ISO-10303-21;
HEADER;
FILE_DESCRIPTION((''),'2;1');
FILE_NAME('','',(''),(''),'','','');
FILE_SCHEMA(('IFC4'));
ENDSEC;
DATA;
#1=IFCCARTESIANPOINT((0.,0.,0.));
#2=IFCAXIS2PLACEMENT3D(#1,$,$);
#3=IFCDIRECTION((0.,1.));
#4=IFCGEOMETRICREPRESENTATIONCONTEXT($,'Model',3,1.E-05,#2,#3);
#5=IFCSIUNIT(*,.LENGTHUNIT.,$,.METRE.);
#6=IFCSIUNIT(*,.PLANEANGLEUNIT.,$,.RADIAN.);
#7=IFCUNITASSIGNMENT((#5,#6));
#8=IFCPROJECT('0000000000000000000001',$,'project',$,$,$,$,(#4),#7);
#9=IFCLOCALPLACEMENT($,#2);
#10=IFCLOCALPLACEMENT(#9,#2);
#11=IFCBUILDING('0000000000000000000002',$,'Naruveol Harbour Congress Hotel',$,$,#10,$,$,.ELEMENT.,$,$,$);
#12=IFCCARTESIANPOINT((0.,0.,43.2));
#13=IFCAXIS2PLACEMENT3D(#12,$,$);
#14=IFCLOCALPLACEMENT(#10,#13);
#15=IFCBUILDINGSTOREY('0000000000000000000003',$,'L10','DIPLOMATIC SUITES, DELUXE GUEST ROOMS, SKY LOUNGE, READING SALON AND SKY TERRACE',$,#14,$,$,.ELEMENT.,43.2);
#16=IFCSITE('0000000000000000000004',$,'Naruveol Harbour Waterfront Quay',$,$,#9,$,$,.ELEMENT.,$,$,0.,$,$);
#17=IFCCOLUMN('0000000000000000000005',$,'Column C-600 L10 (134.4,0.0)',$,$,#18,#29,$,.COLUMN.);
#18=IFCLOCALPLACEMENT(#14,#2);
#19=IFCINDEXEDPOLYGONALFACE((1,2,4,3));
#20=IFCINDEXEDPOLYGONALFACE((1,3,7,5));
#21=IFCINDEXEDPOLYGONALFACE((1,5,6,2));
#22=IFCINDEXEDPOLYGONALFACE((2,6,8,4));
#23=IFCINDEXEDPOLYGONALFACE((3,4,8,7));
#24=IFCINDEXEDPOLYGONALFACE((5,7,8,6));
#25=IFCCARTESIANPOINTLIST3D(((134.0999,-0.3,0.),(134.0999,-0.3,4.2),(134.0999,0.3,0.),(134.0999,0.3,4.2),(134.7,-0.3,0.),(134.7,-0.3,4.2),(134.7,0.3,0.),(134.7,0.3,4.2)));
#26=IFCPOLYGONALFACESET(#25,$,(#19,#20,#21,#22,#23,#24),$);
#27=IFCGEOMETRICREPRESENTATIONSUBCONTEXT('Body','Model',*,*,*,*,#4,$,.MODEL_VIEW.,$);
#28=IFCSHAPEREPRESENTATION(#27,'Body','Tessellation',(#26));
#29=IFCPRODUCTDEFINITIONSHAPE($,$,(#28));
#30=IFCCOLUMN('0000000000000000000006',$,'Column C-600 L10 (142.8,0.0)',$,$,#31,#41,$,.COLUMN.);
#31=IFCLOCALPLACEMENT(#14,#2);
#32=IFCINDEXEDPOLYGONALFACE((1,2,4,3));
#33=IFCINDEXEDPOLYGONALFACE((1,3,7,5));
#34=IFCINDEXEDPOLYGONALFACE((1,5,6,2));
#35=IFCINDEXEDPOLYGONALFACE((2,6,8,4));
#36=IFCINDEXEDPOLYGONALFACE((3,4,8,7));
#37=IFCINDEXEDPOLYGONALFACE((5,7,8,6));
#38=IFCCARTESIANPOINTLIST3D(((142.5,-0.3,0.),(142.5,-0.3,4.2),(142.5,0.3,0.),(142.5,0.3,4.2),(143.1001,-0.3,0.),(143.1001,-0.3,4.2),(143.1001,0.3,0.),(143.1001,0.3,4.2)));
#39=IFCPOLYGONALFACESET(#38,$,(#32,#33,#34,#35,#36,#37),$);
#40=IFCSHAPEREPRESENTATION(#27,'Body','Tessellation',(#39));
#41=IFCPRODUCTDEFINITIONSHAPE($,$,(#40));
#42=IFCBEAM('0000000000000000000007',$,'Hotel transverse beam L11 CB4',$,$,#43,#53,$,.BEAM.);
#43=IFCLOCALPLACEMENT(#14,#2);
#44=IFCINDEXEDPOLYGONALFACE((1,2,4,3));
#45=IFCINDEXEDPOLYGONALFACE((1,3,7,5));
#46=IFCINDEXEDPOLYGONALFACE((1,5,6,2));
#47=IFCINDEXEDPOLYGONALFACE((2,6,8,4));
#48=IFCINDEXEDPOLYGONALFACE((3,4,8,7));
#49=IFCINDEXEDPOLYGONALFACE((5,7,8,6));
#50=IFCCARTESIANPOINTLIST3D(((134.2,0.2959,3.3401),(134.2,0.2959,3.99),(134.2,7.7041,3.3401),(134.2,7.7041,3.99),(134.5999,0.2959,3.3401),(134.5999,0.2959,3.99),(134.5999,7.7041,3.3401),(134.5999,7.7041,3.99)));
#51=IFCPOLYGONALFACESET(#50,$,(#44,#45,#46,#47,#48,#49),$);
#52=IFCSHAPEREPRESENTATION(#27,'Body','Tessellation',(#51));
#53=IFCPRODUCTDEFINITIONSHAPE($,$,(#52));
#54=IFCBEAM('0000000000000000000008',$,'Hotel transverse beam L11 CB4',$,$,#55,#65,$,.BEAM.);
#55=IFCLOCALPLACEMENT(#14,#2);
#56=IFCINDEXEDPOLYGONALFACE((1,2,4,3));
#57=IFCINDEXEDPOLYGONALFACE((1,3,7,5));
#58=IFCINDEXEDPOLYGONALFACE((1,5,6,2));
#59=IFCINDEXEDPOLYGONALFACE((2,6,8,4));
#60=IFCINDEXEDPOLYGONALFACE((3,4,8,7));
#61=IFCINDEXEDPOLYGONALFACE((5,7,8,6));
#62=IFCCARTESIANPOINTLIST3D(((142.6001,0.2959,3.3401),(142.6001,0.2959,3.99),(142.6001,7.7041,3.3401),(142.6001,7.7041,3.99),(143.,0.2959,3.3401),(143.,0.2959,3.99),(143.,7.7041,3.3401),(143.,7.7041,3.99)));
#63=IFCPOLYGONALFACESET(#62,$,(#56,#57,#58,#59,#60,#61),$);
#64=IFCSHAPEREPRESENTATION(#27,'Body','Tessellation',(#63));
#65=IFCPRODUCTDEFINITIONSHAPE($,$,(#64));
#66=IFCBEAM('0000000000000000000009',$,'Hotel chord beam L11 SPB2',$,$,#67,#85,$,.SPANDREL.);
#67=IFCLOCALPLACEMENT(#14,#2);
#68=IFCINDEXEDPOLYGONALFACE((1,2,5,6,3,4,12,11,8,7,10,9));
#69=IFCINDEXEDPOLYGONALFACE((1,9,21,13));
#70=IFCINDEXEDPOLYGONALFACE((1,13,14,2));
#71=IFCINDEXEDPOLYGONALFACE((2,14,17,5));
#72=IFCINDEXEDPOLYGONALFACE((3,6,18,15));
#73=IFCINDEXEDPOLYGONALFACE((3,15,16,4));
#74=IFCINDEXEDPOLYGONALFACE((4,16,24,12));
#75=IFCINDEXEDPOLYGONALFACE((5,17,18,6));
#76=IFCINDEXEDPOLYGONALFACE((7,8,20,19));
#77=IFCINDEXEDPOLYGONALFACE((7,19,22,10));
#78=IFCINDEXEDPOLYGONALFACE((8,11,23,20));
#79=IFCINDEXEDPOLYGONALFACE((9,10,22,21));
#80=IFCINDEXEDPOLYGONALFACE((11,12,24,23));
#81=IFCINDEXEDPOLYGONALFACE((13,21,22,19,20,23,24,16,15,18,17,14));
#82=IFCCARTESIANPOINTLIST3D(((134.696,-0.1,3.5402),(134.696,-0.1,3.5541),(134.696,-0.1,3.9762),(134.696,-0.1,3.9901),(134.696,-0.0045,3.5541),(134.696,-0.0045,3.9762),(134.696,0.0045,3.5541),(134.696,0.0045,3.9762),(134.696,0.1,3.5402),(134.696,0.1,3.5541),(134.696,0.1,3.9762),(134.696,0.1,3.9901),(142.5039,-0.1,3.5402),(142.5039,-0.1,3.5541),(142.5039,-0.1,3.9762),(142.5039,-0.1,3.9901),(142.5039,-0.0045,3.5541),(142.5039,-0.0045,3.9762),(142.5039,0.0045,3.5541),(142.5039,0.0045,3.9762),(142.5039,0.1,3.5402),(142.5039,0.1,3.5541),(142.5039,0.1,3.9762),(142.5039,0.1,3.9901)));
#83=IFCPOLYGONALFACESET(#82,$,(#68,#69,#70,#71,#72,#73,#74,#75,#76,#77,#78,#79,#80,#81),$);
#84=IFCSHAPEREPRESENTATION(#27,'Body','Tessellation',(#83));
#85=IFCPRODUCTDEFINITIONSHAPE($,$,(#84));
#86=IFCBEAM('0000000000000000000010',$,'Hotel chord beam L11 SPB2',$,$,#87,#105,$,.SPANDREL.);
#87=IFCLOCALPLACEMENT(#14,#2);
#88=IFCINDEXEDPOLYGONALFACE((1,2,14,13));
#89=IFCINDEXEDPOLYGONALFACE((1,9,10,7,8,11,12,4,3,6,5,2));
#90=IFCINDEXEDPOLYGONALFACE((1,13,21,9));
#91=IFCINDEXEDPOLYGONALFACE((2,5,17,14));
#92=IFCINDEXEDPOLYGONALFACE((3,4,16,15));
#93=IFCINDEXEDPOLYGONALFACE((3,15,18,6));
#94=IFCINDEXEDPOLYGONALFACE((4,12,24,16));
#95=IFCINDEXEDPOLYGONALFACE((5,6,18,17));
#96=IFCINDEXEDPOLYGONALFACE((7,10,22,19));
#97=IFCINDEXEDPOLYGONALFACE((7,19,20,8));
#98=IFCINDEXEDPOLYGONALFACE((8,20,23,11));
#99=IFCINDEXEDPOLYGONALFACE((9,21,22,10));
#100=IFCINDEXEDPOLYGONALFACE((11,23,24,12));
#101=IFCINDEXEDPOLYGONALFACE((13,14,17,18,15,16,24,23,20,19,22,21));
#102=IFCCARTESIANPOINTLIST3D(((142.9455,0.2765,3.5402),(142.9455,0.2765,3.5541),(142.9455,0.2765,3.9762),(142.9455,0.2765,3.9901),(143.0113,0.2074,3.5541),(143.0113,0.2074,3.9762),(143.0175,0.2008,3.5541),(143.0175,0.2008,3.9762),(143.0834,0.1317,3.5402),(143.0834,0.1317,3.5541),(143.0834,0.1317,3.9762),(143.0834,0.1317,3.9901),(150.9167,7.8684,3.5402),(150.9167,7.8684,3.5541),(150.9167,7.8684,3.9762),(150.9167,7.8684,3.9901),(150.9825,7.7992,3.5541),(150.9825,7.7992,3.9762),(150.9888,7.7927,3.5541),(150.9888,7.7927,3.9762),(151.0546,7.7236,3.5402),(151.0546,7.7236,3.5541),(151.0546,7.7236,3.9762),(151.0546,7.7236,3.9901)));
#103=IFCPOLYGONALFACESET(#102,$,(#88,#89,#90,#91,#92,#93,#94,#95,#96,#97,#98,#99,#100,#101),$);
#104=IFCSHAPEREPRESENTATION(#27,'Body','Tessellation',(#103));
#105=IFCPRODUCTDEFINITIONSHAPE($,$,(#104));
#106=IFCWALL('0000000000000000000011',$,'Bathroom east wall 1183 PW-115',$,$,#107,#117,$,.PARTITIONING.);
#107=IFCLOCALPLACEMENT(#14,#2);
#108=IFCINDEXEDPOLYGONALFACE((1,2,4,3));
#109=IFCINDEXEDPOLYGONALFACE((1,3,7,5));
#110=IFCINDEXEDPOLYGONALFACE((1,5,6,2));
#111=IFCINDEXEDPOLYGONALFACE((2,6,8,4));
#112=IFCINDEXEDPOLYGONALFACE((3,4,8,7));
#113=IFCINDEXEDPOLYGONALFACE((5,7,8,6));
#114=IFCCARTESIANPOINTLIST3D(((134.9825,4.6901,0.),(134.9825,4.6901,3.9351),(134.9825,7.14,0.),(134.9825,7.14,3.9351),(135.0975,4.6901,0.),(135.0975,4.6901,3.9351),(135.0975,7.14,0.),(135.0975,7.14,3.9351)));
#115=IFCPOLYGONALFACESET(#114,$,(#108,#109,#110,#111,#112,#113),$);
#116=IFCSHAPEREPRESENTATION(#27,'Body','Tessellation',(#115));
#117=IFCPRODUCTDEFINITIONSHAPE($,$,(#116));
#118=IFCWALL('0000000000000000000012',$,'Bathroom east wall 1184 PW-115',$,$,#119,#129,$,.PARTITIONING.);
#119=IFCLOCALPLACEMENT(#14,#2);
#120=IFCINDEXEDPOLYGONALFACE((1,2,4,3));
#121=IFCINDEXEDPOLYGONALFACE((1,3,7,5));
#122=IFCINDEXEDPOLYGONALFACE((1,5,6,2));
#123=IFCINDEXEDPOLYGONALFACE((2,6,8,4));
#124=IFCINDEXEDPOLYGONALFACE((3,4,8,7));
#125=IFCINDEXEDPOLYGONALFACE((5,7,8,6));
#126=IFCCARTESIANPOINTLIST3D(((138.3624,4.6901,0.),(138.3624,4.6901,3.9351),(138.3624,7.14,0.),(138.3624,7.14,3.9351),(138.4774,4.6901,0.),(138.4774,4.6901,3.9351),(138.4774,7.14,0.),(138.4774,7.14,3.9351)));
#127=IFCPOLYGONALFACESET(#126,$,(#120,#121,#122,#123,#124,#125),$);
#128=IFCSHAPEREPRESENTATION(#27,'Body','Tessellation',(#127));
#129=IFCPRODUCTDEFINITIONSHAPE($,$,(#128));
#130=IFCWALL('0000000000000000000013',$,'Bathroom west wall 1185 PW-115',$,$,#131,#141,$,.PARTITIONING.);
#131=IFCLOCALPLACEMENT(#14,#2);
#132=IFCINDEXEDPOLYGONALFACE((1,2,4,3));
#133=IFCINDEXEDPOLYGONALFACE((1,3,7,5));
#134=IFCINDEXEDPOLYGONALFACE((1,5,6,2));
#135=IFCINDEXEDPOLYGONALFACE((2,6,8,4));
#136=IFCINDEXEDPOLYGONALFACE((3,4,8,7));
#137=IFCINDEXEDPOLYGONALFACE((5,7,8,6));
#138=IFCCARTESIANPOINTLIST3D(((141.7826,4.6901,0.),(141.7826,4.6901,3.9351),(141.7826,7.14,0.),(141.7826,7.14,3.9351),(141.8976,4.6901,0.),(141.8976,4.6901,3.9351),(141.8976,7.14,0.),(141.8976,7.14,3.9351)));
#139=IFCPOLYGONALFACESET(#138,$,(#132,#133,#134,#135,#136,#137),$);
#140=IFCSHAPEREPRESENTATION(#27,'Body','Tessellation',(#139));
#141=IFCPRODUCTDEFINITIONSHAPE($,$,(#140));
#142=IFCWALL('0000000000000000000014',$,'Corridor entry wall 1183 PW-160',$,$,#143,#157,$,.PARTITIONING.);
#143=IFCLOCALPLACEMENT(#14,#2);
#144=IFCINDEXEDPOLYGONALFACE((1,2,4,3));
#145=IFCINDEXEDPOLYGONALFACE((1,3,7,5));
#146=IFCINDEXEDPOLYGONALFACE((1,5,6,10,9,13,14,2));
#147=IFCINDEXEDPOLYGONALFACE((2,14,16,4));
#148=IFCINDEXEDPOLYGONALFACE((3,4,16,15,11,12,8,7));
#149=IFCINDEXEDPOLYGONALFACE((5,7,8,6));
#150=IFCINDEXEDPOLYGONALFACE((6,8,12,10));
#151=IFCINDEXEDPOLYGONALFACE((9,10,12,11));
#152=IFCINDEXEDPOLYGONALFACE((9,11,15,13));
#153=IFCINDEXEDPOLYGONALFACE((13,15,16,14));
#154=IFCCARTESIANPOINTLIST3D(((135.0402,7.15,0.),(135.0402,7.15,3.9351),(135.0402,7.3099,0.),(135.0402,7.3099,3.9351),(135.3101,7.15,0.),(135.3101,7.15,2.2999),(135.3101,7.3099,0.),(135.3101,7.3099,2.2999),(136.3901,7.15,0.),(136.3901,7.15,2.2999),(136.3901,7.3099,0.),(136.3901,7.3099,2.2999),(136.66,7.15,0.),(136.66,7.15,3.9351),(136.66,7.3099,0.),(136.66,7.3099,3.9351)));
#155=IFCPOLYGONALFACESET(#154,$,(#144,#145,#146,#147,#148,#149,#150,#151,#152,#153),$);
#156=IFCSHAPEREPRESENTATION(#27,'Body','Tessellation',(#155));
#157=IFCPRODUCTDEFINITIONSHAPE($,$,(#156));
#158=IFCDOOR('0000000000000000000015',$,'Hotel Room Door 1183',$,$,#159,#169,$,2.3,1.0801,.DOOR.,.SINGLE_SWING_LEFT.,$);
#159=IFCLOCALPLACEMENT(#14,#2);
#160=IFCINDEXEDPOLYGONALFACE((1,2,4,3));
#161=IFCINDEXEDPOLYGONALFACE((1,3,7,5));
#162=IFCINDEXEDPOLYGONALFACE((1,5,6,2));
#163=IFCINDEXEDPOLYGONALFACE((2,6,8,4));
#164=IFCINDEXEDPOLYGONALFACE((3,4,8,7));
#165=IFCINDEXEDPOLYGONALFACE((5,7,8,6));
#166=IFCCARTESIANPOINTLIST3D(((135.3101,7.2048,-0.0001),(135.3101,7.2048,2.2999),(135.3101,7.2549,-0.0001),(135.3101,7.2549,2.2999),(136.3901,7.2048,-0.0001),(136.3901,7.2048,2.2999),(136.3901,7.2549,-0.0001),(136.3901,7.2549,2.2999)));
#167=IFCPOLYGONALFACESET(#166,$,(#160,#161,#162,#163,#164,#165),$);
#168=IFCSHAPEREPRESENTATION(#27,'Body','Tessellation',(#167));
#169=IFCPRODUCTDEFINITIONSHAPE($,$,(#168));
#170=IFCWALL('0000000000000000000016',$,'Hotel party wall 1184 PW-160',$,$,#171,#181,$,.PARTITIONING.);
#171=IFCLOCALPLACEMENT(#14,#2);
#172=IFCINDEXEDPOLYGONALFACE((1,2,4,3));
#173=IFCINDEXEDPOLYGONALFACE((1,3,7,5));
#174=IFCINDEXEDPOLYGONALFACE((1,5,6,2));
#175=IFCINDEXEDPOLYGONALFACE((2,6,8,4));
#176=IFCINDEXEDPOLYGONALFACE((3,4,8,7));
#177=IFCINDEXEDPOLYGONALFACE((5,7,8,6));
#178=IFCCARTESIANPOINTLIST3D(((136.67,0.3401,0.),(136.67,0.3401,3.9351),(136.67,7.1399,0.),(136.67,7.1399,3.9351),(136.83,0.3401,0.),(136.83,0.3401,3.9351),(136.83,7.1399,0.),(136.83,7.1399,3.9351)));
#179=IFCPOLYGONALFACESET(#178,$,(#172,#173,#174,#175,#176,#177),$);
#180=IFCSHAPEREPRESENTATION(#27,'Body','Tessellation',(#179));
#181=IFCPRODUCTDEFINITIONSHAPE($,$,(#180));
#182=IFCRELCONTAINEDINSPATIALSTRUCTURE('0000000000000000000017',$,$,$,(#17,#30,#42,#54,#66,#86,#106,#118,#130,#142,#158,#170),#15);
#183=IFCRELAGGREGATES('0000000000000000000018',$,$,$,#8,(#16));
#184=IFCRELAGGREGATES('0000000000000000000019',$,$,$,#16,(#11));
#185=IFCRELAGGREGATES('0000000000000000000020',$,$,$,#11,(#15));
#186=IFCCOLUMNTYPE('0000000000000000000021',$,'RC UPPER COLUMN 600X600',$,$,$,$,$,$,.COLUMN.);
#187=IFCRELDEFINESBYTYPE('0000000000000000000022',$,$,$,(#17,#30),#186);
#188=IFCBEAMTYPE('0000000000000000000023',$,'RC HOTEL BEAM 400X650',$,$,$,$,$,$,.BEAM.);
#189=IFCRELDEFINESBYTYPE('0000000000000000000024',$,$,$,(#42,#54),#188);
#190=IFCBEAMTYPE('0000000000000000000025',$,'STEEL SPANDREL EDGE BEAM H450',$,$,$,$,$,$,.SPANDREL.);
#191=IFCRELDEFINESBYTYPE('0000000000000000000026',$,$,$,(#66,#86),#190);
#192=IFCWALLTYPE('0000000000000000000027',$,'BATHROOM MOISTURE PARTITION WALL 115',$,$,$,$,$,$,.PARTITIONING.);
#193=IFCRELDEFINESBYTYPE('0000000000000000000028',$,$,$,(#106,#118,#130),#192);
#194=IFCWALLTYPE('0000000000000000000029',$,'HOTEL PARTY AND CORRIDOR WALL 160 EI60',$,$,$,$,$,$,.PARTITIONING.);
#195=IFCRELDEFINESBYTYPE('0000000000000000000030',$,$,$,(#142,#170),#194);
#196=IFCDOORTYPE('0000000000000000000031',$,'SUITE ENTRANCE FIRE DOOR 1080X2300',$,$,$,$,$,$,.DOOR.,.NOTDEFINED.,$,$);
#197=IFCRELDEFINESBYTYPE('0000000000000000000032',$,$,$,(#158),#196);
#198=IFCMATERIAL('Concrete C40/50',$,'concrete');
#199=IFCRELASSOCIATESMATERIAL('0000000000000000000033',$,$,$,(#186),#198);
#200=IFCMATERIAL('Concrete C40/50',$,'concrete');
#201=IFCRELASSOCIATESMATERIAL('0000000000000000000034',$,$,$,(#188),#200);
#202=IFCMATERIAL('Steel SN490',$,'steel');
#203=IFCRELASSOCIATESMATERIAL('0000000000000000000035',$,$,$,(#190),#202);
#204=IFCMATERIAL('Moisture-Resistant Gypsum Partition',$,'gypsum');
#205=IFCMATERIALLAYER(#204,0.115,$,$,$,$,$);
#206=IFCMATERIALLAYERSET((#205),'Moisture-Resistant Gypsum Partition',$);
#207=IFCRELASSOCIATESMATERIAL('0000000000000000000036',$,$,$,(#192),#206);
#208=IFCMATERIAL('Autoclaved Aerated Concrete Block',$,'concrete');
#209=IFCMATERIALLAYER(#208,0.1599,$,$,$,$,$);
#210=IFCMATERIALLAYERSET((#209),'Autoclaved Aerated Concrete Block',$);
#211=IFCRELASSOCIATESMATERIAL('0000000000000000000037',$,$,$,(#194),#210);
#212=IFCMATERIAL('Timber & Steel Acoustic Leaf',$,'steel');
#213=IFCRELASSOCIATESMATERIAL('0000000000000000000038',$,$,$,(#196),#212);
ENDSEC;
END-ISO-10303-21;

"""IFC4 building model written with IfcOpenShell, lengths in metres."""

from ifc_helpers import new_model, si_unit, direction, frame, frame_2d, origin, origin_2d, place, context, subcontext, project, spatial, rectangle, i_section, extrude, material, layer, layer_set, material_profile, profile_set, type_object, element, fill, save


model = new_model("IFC4")

# Units and contexts
model_context = context("Model", 3, precision=1e-05, world=origin(), true_north=direction((0.0, 1.0)))
body_context = subcontext(model_context, "Body", "Model", "MODEL_VIEW")
ifc_project = project(units=[si_unit("LENGTHUNIT", "METRE"), si_unit("PLANEANGLEUNIT", "RADIAN")], contexts=[model_context])

# Site, building, storey
site_placement = place(None, origin())
site = spatial("IfcSite", under=ifc_project, at=site_placement, Name="Naruveol Harbour Waterfront Quay", CompositionType="ELEMENT", RefElevation=0.0)
building_placement = place(site_placement, origin())
building = spatial("IfcBuilding", under=site, at=building_placement, Name="Naruveol Harbour Congress Hotel", CompositionType="ELEMENT")
storey_placement = place(building_placement, frame((0.0, 0.0, 43.2)))
storey = spatial("IfcBuildingStorey", under=building, at=storey_placement, Name="L10", Description="DIPLOMATIC SUITES, DELUXE GUEST ROOMS, SKY LOUNGE, READING SALON AND SKY TERRACE", CompositionType="ELEMENT", Elevation=43.2)

# Columns
ifc_material_1 = material(Name="Concrete C40/50", Category="concrete")
ifc_material_profile_1 = material_profile(ifc_material_1, rectangle(XDim=0.6001, YDim=0.6001, at=origin_2d()), Name="RC-600x600")
ifc_profile_set_1 = profile_set([ifc_material_profile_1], Name="Concrete C40/50")
column_type = type_object("IfcColumnType", Name="RC UPPER COLUMN 600X600", PredefinedType="COLUMN", material=ifc_profile_set_1)
for number, where, z_axis, x_axis, name in (
    (1, (134.3999, 0.0, 0.0), (0.0, 0.0, 1.0), (1.0, 0.0, 0.0), "Column C-600 L10 (134.4,0.0)"),
    (2, (142.8, 0.0, 0.0), (0.0, 0.0, 1.0), (1.0, 0.0, 0.0), "Column C-600 L10 (142.8,0.0)"),
):
    element("IfcColumn", number, at=place(storey_placement, frame(where, z_axis=z_axis, x_axis=x_axis)), inside=storey, type_object=column_type, Name=name, PredefinedType="COLUMN", context=body_context, shape_type="SweptSolid", body=[
        extrude(rectangle(XDim=0.6001, YDim=0.6001, at=origin_2d()), origin(), (0.0, 0.0, 1.0), 4.2),
    ])

# Beams
ifc_material_2 = material(Name="Concrete C40/50", Category="concrete")
ifc_material_profile_2 = material_profile(ifc_material_2, rectangle(XDim=0.3999, YDim=0.6499, at=origin_2d()), Name="RCB-400x650")
ifc_profile_set_2 = profile_set([ifc_material_profile_2], Name="Concrete C40/50")
beam_type_1 = type_object("IfcBeamType", Name="RC HOTEL BEAM 400X650", PredefinedType="BEAM", material=ifc_profile_set_2)
for number, where, z_axis, x_axis, name in (
    (3, (134.3999, 0.2959, 3.665), (0.0, 1.0, 0.0), (-1.0, 0.0, 0.0), "Hotel transverse beam L11 CB4"),
    (4, (142.8, 0.2959, 3.665), (0.0, 1.0, 0.0), (-1.0, 0.0, 0.0), "Hotel transverse beam L11 CB4"),
):
    element("IfcBeam", number, at=place(storey_placement, frame(where, z_axis=z_axis, x_axis=x_axis)), inside=storey, type_object=beam_type_1, Name=name, PredefinedType="BEAM", context=body_context, shape_type="SweptSolid", body=[
        extrude(rectangle(XDim=0.3999, YDim=0.6499, at=origin_2d()), origin(), (0.0, 0.0, 1.0), 7.4082),
    ])
ifc_material_3 = material(Name="Steel SN490", Category="steel")
ifc_material_profile_3 = material_profile(ifc_material_3, i_section(OverallWidth=0.2, OverallDepth=0.45, WebThickness=0.009, FlangeThickness=0.0139, at=origin_2d()), Name="H-450x200x9x14")
ifc_profile_set_3 = profile_set([ifc_material_profile_3], Name="Steel SN490")
beam_type_2 = type_object("IfcBeamType", Name="STEEL SPANDREL EDGE BEAM H450", PredefinedType="SPANDREL", material=ifc_profile_set_3)
beam_1_placement = place(storey_placement, frame((134.696, 0.0, 3.7651), z_axis=(1.0, 0.0, 0.0), x_axis=(0.0, 1.0, 0.0)))
element("IfcBeam", 5, at=beam_1_placement, inside=storey, type_object=beam_type_2, Name="Hotel chord beam L11 SPB2", PredefinedType="SPANDREL", context=body_context, shape_type="SweptSolid", body=[
    extrude(i_section(OverallWidth=0.2, OverallDepth=0.45, WebThickness=0.009, FlangeThickness=0.0139, at=origin_2d()), origin(), (0.0, 0.0, 1.0), 7.8079),
])
beam_2_placement = place(storey_placement, frame((143.0144, 0.2041, 3.7651), z_axis=(0.724129, 0.689664, 0.0), x_axis=(-0.689664, 0.724129, 0.0)))
element("IfcBeam", 6, at=beam_2_placement, inside=storey, type_object=beam_type_2, Name="Hotel chord beam L11 SPB2", PredefinedType="SPANDREL", context=body_context, shape_type="SweptSolid", body=[
    extrude(i_section(OverallWidth=0.2, OverallDepth=0.45, WebThickness=0.009, FlangeThickness=0.0139, at=origin_2d()), origin(), (0.0, 0.0, 1.0), 11.0081),
])

# Wall
ifc_material_4 = material(Name="Moisture-Resistant Gypsum Partition", Category="gypsum")
ifc_layer_1 = layer(ifc_material_4, 0.115)
ifc_layer_set_1 = layer_set([ifc_layer_1], Name="Moisture-Resistant Gypsum Partition")
wall_type_1 = type_object("IfcWallType", Name="BATHROOM MOISTURE PARTITION WALL 115", PredefinedType="PARTITIONING", material=ifc_layer_set_1)
wall_1_placement = place(storey_placement, frame((135.04, 4.6899, 0.0), z_axis=(0.0, 0.0, 1.0), x_axis=(0.0, 1.0, 0.0)))
element("IfcWall", 7, at=wall_1_placement, inside=storey, type_object=wall_type_1, Name="Bathroom east wall 1183 PW-115", PredefinedType="PARTITIONING", context=body_context, shape_type="SweptSolid", body=[
    extrude(rectangle(XDim=2.45, YDim=0.115, at=frame_2d((1.2251, 0.0))), origin(), (0.0, 0.0, 1.0), 3.9351),
])

# Wall
wall_2_placement = place(storey_placement, frame((138.4199, 4.6899, 0.0), z_axis=(0.0, 0.0, 1.0), x_axis=(0.0, 1.0, 0.0)))
element("IfcWall", 8, at=wall_2_placement, inside=storey, type_object=wall_type_1, Name="Bathroom east wall 1184 PW-115", PredefinedType="PARTITIONING", context=body_context, shape_type="SweptSolid", body=[
    extrude(rectangle(XDim=2.45, YDim=0.115, at=frame_2d((1.2251, 0.0))), origin(), (0.0, 0.0, 1.0), 3.9351),
])

# Wall
wall_3_placement = place(storey_placement, frame((141.8401, 4.6899, 0.0), z_axis=(0.0, 0.0, 1.0), x_axis=(0.0, 1.0, 0.0)))
element("IfcWall", 9, at=wall_3_placement, inside=storey, type_object=wall_type_1, Name="Bathroom west wall 1185 PW-115", PredefinedType="PARTITIONING", context=body_context, shape_type="SweptSolid", body=[
    extrude(rectangle(XDim=2.45, YDim=0.115, at=frame_2d((1.2251, 0.0))), origin(), (0.0, 0.0, 1.0), 3.9351),
])

# Wall, opening, door
ifc_material_5 = material(Name="Autoclaved Aerated Concrete Block", Category="concrete")
ifc_layer_2 = layer(ifc_material_5, 0.1599)
ifc_layer_set_2 = layer_set([ifc_layer_2], Name="Autoclaved Aerated Concrete Block")
wall_type_2 = type_object("IfcWallType", Name="HOTEL PARTY AND CORRIDOR WALL 160 EI60", PredefinedType="PARTITIONING", material=ifc_layer_set_2)
wall_4_placement = place(storey_placement, frame((135.04, 7.23, 0.0), z_axis=(0.0, 0.0, 1.0), x_axis=(1.0, 0.0, 0.0)))
wall_4 = element("IfcWall", 10, at=wall_4_placement, inside=storey, type_object=wall_type_2, Name="Corridor entry wall 1183 PW-160", PredefinedType="PARTITIONING", context=body_context, shape_type="SweptSolid", body=[
    extrude(rectangle(XDim=1.6199, YDim=0.1599, at=frame_2d((0.8101, 0.0))), origin(), (0.0, 0.0, 1.0), 3.9351),
])
opening_1_placement = place(wall_4_placement, frame((0.27, 0.0, 0.0)))
opening_1 = element("IfcOpeningElement", 11, at=opening_1_placement, cuts=wall_4, PredefinedType="OPENING", context=body_context, shape_type="SweptSolid", body=[
    extrude(rectangle(XDim=1.0801, YDim=2.3, at=frame_2d((0.54, 1.1499))), frame((0.0, 0.0898, 0.0), z_axis=(0.0, -1.0, 0.0), x_axis=(1.0, 0.0, 0.0)), (0.0, 0.0, 1.0), 0.1799),
])
ifc_material_6 = material(Name="Timber & Steel Acoustic Leaf", Category="steel")
door_type_1 = type_object("IfcDoorType", Name="SUITE ENTRANCE FIRE DOOR 1080X2300", OperationType="NOTDEFINED", PredefinedType="DOOR", material=ifc_material_6)
door_1_placement = place(opening_1_placement, origin())
door_1 = element("IfcDoor", 12, at=door_1_placement, inside=storey, type_object=door_type_1, Name="Hotel Room Door 1183", OperationType="SINGLE_SWING_LEFT", OverallHeight=2.3, OverallWidth=1.0801, PredefinedType="DOOR", context=body_context, shape_type="SweptSolid", body=[
    extrude(rectangle(XDim=1.0801, YDim=2.3, at=frame_2d((0.54, 1.1499))), frame((0.0, 0.0249, 0.0), z_axis=(0.0, -1.0, 0.0), x_axis=(1.0, 0.0, 0.0)), (0.0, 0.0, 1.0), 0.05),
])
fill(opening_1, door_1)

# Wall
wall_5_placement = place(storey_placement, frame((136.75, 0.3401, 0.0), z_axis=(0.0, 0.0, 1.0), x_axis=(0.0, 1.0, 0.0)))
element("IfcWall", 13, at=wall_5_placement, inside=storey, type_object=wall_type_2, Name="Hotel party wall 1184 PW-160", PredefinedType="PARTITIONING", context=body_context, shape_type="SweptSolid", body=[
    extrude(rectangle(XDim=6.7998, YDim=0.1599, at=frame_2d((3.3999, 0.0))), origin(), (0.0, 0.0, 1.0), 3.9351),
])

save(model, "model.ifc")
